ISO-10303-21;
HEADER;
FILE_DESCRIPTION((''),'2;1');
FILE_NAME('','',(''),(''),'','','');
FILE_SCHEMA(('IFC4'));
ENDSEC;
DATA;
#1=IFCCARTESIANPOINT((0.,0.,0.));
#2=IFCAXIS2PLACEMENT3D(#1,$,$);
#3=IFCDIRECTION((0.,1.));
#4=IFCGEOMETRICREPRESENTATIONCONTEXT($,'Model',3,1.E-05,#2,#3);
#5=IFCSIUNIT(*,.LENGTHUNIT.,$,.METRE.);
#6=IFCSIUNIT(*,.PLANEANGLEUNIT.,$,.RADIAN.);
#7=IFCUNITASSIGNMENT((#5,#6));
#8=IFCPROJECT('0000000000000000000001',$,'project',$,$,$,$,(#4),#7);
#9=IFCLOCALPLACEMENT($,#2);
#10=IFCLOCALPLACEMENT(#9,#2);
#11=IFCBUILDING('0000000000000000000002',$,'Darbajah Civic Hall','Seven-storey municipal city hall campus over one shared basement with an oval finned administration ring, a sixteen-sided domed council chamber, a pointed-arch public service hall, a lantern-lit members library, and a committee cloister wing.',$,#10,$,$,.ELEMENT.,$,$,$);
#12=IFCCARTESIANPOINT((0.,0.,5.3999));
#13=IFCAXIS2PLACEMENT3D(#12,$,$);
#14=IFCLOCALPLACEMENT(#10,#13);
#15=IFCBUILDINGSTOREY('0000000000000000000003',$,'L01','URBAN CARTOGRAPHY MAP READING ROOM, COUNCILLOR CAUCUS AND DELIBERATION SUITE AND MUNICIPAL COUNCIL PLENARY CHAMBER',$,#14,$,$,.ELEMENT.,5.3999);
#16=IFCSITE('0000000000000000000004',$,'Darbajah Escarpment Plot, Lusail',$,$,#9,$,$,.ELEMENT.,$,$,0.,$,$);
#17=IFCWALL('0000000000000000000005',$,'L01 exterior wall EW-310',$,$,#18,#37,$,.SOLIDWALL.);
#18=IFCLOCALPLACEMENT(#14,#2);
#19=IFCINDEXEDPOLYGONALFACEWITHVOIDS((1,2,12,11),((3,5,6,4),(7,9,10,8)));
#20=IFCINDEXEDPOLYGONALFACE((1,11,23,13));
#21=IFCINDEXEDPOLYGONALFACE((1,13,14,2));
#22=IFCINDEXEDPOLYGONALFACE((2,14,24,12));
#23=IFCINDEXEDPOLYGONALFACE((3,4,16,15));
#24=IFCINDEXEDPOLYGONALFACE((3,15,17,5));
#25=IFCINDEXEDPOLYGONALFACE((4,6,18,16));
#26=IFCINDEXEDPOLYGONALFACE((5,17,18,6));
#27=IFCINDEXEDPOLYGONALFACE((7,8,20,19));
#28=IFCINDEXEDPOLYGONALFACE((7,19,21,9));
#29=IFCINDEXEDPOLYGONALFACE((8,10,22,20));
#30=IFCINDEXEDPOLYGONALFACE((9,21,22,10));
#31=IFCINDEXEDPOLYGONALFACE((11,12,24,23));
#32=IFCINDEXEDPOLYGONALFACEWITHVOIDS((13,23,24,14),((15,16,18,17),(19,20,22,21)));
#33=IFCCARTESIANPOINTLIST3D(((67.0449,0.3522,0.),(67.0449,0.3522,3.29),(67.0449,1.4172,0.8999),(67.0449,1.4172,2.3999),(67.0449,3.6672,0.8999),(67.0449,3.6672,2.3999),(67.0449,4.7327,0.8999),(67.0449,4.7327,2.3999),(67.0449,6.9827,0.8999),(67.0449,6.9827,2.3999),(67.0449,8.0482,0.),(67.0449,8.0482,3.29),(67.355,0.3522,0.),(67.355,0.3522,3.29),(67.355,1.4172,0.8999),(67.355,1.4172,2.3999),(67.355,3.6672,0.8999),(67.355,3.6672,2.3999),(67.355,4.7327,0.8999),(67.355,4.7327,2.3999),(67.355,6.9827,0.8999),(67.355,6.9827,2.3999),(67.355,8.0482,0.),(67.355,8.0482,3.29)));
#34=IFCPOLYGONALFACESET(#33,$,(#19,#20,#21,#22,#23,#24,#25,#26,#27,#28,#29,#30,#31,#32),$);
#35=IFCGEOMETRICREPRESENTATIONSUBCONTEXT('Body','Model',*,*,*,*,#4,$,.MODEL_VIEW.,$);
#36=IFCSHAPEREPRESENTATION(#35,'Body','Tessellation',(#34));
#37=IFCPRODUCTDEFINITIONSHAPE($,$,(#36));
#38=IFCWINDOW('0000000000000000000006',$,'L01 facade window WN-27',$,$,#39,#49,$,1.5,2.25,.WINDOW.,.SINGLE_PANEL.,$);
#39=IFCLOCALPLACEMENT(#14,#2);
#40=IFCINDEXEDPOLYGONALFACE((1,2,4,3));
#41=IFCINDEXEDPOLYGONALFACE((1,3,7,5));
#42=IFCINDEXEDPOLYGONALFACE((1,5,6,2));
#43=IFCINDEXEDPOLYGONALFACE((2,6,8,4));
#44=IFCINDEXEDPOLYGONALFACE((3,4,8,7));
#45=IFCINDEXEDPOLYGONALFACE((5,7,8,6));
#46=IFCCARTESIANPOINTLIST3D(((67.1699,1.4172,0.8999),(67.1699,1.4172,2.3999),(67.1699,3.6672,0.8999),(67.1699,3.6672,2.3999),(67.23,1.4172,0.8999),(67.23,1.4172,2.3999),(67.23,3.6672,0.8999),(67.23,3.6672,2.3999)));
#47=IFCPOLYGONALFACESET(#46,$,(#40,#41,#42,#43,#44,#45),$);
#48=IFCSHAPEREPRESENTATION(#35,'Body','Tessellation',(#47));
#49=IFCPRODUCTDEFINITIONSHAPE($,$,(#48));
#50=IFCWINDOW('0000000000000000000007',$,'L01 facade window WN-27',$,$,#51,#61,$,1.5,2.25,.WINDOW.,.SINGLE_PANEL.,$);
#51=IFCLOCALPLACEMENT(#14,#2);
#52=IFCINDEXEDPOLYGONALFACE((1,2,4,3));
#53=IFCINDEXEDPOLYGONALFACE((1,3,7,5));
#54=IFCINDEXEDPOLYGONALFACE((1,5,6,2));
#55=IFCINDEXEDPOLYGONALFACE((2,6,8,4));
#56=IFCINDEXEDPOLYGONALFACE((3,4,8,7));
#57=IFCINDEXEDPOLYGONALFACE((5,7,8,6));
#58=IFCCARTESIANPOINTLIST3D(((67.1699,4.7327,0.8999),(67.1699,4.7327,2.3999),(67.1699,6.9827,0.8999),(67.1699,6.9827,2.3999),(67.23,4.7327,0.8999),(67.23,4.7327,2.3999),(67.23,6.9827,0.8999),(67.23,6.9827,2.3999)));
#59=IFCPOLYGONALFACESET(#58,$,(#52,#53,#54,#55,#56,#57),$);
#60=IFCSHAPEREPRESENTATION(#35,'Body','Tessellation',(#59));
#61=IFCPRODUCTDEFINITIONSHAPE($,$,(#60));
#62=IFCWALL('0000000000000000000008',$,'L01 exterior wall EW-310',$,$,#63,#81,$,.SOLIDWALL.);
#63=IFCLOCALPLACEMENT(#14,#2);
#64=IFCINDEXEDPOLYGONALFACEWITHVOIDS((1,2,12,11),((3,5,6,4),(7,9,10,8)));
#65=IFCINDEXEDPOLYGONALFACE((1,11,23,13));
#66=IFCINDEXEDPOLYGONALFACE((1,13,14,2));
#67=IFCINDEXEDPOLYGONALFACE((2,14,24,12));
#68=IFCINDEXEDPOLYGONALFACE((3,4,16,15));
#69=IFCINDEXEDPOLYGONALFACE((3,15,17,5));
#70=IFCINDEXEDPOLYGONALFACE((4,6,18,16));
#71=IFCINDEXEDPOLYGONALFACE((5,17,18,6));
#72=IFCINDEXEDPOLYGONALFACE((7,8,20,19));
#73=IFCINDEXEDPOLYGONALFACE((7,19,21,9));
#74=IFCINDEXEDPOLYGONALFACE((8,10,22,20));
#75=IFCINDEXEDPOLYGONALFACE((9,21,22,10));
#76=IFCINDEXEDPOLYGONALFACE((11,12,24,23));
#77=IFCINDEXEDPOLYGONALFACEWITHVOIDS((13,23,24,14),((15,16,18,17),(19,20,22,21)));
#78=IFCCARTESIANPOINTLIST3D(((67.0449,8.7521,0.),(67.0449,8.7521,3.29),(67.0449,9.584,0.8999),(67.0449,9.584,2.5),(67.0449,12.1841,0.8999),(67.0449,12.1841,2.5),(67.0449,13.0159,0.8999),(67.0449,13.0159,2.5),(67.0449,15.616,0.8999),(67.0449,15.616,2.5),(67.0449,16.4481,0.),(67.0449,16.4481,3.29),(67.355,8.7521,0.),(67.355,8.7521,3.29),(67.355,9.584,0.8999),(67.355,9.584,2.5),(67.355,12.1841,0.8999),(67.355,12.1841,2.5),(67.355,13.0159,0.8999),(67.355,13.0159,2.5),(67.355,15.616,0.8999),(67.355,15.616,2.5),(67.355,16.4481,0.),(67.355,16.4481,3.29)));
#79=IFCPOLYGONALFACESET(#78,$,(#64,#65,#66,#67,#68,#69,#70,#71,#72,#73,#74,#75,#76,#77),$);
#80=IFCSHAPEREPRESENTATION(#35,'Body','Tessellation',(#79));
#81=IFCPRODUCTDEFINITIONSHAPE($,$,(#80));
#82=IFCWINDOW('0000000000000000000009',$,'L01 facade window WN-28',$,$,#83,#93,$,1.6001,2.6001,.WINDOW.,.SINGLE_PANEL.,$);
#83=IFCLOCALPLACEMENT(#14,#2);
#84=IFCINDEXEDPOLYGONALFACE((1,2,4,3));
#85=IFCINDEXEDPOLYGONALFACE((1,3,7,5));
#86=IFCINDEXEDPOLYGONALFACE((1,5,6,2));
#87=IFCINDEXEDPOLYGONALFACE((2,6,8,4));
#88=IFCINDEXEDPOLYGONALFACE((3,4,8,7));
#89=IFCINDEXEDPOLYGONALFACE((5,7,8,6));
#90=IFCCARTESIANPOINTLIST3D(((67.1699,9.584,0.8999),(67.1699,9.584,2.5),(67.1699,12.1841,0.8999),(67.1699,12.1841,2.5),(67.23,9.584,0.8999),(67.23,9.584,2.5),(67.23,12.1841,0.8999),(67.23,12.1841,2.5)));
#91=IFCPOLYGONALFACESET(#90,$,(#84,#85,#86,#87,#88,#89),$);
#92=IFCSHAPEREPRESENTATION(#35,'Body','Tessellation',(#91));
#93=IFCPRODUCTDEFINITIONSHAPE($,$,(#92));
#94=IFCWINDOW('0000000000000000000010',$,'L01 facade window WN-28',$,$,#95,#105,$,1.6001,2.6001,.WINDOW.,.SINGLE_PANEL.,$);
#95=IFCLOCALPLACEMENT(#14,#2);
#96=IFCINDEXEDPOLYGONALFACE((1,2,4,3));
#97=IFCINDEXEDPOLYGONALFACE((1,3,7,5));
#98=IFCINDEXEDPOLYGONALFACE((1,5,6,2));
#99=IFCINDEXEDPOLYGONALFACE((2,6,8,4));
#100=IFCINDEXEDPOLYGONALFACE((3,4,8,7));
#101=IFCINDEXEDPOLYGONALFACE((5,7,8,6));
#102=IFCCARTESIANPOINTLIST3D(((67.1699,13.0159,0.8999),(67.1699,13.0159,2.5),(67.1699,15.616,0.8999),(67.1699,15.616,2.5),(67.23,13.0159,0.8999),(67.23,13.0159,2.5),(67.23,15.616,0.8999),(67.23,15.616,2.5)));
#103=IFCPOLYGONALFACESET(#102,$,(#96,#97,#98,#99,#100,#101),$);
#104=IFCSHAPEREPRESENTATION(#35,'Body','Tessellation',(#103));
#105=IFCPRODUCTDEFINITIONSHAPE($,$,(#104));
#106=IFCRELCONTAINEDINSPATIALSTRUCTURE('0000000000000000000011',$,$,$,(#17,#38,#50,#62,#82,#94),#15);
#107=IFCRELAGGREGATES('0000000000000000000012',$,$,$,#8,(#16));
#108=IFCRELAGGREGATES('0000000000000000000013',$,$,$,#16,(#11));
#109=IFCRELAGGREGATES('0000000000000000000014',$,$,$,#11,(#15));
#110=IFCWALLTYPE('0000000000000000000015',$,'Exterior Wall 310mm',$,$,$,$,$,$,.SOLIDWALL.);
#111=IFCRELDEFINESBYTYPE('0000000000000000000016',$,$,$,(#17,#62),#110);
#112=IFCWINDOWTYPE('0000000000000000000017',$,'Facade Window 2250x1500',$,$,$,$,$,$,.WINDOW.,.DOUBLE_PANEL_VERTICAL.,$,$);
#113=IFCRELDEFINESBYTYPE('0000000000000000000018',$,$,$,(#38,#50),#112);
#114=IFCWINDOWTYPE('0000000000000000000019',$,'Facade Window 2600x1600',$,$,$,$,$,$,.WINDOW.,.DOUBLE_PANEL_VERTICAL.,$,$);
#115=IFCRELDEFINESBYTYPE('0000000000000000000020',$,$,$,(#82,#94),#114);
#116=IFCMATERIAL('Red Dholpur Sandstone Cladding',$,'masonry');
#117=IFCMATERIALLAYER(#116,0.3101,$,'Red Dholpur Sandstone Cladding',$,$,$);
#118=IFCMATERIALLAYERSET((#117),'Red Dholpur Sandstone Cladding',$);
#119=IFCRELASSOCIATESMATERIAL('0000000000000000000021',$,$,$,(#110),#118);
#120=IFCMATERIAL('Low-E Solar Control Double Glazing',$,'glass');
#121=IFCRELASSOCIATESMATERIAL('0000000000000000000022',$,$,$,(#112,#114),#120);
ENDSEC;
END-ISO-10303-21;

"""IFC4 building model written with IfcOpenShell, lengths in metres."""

from ifc_helpers import new_model, si_unit, direction, frame, frame_2d, origin, place, context, subcontext, project, spatial, rectangle, extrude, material, layer, layer_set, type_object, element, fill, save


model = new_model("IFC4")

# Units and contexts
model_context = context("Model", 3, precision=1e-05, world=origin(), true_north=direction((0.0, 1.0)))
body_context = subcontext(model_context, "Body", "Model", "MODEL_VIEW")
ifc_project = project(units=[si_unit("LENGTHUNIT", "METRE"), si_unit("PLANEANGLEUNIT", "RADIAN")], contexts=[model_context])

# Site, building, storey
site_placement = place(None, origin())
site = spatial("IfcSite", under=ifc_project, at=site_placement, Name="Darbajah Escarpment Plot, Lusail", CompositionType="ELEMENT", RefElevation=0.0)
building_placement = place(site_placement, origin())
building = spatial("IfcBuilding", under=site, at=building_placement, Name="Darbajah Civic Hall", Description="Seven-storey municipal city hall campus over one shared basement with an oval finned administration ring, a sixteen-sided domed council chamber, a pointed-arch public service hall, a lantern-lit members library, and a committee cloister wing.", CompositionType="ELEMENT")
storey_placement = place(building_placement, frame((0.0, 0.0, 5.3999)))
storey = spatial("IfcBuildingStorey", under=building, at=storey_placement, Name="L01", Description="URBAN CARTOGRAPHY MAP READING ROOM, COUNCILLOR CAUCUS AND DELIBERATION SUITE AND MUNICIPAL COUNCIL PLENARY CHAMBER", CompositionType="ELEMENT", Elevation=5.3999)

# Walls, openings, windows
ifc_material_1 = material(Name="Red Dholpur Sandstone Cladding", Category="masonry")
ifc_layer = layer(ifc_material_1, 0.3101, Name="Red Dholpur Sandstone Cladding")
ifc_layer_set = layer_set([ifc_layer], Name="Red Dholpur Sandstone Cladding")
wall_type = type_object("IfcWallType", Name="Exterior Wall 310mm", PredefinedType="SOLIDWALL", material=ifc_layer_set)
ifc_material_2 = material(Name="Low-E Solar Control Double Glazing", Category="glass")
wall_1_placement = place(storey_placement, frame((67.2, 0.3521, 0.0), z_axis=(0.0, 0.0, 1.0), x_axis=(0.0, 1.0, 0.0)))
wall_1 = element("IfcWall", 1, at=wall_1_placement, inside=storey, type_object=wall_type, Name="L01 exterior wall EW-310", PredefinedType="SOLIDWALL", context=body_context, shape_type="SweptSolid", body=[
    extrude(rectangle(XDim=7.696, YDim=0.3101, at=frame_2d((3.8481, 0.0))), origin(), (0.0, 0.0, 1.0), 3.29),
])
opening_1_placement = place(wall_1_placement, frame((1.0652, 0.0, 0.8999)))
opening_1 = element("IfcOpeningElement", 2, at=opening_1_placement, cuts=wall_1, PredefinedType="OPENING", context=body_context, shape_type="SweptSolid", body=[
    extrude(rectangle(XDim=2.25, YDim=1.5, at=frame_2d((1.125, 0.75))), frame((0.0, 0.165, 0.0), z_axis=(0.0, -1.0, 0.0), x_axis=(1.0, 0.0, 0.0)), (0.0, 0.0, 1.0), 0.3301),
])
opening_2_placement = place(wall_1_placement, frame((4.3806, 0.0, 0.8999)))
opening_2 = element("IfcOpeningElement", 3, at=opening_2_placement, cuts=wall_1, PredefinedType="OPENING", context=body_context, shape_type="SweptSolid", body=[
    extrude(rectangle(XDim=2.25, YDim=1.5, at=frame_2d((1.125, 0.75))), frame((0.0, 0.165, 0.0), z_axis=(0.0, -1.0, 0.0), x_axis=(1.0, 0.0, 0.0)), (0.0, 0.0, 1.0), 0.3301),
])
window_type_1 = type_object("IfcWindowType", Name="Facade Window 2250x1500", PartitioningType="DOUBLE_PANEL_VERTICAL", PredefinedType="WINDOW", material=ifc_material_2)
window_1_placement = place(opening_1_placement, origin())
window_1 = element("IfcWindow", 4, at=window_1_placement, inside=storey, type_object=window_type_1, Name="L01 facade window WN-27", OverallHeight=1.5, OverallWidth=2.25, PartitioningType="SINGLE_PANEL", PredefinedType="WINDOW", context=body_context, shape_type="SweptSolid", body=[
    extrude(rectangle(XDim=2.25, YDim=1.5, at=frame_2d((1.125, 0.75))), frame((0.0, 0.03, 0.0), z_axis=(0.0, -1.0, 0.0), x_axis=(1.0, 0.0, 0.0)), (0.0, 0.0, 1.0), 0.0601),
])
fill(opening_1, window_1)
window_2_placement = place(opening_2_placement, origin())
window_2 = element("IfcWindow", 5, at=window_2_placement, inside=storey, type_object=window_type_1, Name="L01 facade window WN-27", OverallHeight=1.5, OverallWidth=2.25, PartitioningType="SINGLE_PANEL", PredefinedType="WINDOW", context=body_context, shape_type="SweptSolid", body=[
    extrude(rectangle(XDim=2.25, YDim=1.5, at=frame_2d((1.125, 0.75))), frame((0.0, 0.03, 0.0), z_axis=(0.0, -1.0, 0.0), x_axis=(1.0, 0.0, 0.0)), (0.0, 0.0, 1.0), 0.0601),
])
fill(opening_2, window_2)
wall_2_placement = place(storey_placement, frame((67.2, 8.752, 0.0), z_axis=(0.0, 0.0, 1.0), x_axis=(0.0, 1.0, 0.0)))
wall_2 = element("IfcWall", 6, at=wall_2_placement, inside=storey, type_object=wall_type, Name="L01 exterior wall EW-310", PredefinedType="SOLIDWALL", context=body_context, shape_type="SweptSolid", body=[
    extrude(rectangle(XDim=7.696, YDim=0.3101, at=frame_2d((3.8481, 0.0))), origin(), (0.0, 0.0, 1.0), 3.29),
])
opening_3_placement = place(wall_2_placement, frame((0.832, 0.0, 0.8999)))
opening_3 = element("IfcOpeningElement", 7, at=opening_3_placement, cuts=wall_2, PredefinedType="OPENING", context=body_context, shape_type="SweptSolid", body=[
    extrude(rectangle(XDim=2.6001, YDim=1.6001, at=frame_2d((1.3, 0.8))), frame((0.0, 0.165, 0.0), z_axis=(0.0, -1.0, 0.0), x_axis=(1.0, 0.0, 0.0)), (0.0, 0.0, 1.0), 0.3301),
])
opening_4_placement = place(wall_2_placement, frame((4.2639, 0.0, 0.8999)))
opening_4 = element("IfcOpeningElement", 8, at=opening_4_placement, cuts=wall_2, PredefinedType="OPENING", context=body_context, shape_type="SweptSolid", body=[
    extrude(rectangle(XDim=2.6001, YDim=1.6001, at=frame_2d((1.3, 0.8))), frame((0.0, 0.165, 0.0), z_axis=(0.0, -1.0, 0.0), x_axis=(1.0, 0.0, 0.0)), (0.0, 0.0, 1.0), 0.3301),
])
window_type_2 = type_object("IfcWindowType", Name="Facade Window 2600x1600", PartitioningType="DOUBLE_PANEL_VERTICAL", PredefinedType="WINDOW", material=ifc_material_2)
window_3_placement = place(opening_3_placement, origin())
window_3 = element("IfcWindow", 9, at=window_3_placement, inside=storey, type_object=window_type_2, Name="L01 facade window WN-28", OverallHeight=1.6001, OverallWidth=2.6001, PartitioningType="SINGLE_PANEL", PredefinedType="WINDOW", context=body_context, shape_type="SweptSolid", body=[
    extrude(rectangle(XDim=2.6001, YDim=1.6001, at=frame_2d((1.3, 0.8))), frame((0.0, 0.03, 0.0), z_axis=(0.0, -1.0, 0.0), x_axis=(1.0, 0.0, 0.0)), (0.0, 0.0, 1.0), 0.0601),
])
fill(opening_3, window_3)
window_4_placement = place(opening_4_placement, origin())
window_4 = element("IfcWindow", 10, at=window_4_placement, inside=storey, type_object=window_type_2, Name="L01 facade window WN-28", OverallHeight=1.6001, OverallWidth=2.6001, PartitioningType="SINGLE_PANEL", PredefinedType="WINDOW", context=body_context, shape_type="SweptSolid", body=[
    extrude(rectangle(XDim=2.6001, YDim=1.6001, at=frame_2d((1.3, 0.8))), frame((0.0, 0.03, 0.0), z_axis=(0.0, -1.0, 0.0), x_axis=(1.0, 0.0, 0.0)), (0.0, 0.0, 1.0), 0.0601),
])
fill(opening_4, window_4)

save(model, "model.ifc")
